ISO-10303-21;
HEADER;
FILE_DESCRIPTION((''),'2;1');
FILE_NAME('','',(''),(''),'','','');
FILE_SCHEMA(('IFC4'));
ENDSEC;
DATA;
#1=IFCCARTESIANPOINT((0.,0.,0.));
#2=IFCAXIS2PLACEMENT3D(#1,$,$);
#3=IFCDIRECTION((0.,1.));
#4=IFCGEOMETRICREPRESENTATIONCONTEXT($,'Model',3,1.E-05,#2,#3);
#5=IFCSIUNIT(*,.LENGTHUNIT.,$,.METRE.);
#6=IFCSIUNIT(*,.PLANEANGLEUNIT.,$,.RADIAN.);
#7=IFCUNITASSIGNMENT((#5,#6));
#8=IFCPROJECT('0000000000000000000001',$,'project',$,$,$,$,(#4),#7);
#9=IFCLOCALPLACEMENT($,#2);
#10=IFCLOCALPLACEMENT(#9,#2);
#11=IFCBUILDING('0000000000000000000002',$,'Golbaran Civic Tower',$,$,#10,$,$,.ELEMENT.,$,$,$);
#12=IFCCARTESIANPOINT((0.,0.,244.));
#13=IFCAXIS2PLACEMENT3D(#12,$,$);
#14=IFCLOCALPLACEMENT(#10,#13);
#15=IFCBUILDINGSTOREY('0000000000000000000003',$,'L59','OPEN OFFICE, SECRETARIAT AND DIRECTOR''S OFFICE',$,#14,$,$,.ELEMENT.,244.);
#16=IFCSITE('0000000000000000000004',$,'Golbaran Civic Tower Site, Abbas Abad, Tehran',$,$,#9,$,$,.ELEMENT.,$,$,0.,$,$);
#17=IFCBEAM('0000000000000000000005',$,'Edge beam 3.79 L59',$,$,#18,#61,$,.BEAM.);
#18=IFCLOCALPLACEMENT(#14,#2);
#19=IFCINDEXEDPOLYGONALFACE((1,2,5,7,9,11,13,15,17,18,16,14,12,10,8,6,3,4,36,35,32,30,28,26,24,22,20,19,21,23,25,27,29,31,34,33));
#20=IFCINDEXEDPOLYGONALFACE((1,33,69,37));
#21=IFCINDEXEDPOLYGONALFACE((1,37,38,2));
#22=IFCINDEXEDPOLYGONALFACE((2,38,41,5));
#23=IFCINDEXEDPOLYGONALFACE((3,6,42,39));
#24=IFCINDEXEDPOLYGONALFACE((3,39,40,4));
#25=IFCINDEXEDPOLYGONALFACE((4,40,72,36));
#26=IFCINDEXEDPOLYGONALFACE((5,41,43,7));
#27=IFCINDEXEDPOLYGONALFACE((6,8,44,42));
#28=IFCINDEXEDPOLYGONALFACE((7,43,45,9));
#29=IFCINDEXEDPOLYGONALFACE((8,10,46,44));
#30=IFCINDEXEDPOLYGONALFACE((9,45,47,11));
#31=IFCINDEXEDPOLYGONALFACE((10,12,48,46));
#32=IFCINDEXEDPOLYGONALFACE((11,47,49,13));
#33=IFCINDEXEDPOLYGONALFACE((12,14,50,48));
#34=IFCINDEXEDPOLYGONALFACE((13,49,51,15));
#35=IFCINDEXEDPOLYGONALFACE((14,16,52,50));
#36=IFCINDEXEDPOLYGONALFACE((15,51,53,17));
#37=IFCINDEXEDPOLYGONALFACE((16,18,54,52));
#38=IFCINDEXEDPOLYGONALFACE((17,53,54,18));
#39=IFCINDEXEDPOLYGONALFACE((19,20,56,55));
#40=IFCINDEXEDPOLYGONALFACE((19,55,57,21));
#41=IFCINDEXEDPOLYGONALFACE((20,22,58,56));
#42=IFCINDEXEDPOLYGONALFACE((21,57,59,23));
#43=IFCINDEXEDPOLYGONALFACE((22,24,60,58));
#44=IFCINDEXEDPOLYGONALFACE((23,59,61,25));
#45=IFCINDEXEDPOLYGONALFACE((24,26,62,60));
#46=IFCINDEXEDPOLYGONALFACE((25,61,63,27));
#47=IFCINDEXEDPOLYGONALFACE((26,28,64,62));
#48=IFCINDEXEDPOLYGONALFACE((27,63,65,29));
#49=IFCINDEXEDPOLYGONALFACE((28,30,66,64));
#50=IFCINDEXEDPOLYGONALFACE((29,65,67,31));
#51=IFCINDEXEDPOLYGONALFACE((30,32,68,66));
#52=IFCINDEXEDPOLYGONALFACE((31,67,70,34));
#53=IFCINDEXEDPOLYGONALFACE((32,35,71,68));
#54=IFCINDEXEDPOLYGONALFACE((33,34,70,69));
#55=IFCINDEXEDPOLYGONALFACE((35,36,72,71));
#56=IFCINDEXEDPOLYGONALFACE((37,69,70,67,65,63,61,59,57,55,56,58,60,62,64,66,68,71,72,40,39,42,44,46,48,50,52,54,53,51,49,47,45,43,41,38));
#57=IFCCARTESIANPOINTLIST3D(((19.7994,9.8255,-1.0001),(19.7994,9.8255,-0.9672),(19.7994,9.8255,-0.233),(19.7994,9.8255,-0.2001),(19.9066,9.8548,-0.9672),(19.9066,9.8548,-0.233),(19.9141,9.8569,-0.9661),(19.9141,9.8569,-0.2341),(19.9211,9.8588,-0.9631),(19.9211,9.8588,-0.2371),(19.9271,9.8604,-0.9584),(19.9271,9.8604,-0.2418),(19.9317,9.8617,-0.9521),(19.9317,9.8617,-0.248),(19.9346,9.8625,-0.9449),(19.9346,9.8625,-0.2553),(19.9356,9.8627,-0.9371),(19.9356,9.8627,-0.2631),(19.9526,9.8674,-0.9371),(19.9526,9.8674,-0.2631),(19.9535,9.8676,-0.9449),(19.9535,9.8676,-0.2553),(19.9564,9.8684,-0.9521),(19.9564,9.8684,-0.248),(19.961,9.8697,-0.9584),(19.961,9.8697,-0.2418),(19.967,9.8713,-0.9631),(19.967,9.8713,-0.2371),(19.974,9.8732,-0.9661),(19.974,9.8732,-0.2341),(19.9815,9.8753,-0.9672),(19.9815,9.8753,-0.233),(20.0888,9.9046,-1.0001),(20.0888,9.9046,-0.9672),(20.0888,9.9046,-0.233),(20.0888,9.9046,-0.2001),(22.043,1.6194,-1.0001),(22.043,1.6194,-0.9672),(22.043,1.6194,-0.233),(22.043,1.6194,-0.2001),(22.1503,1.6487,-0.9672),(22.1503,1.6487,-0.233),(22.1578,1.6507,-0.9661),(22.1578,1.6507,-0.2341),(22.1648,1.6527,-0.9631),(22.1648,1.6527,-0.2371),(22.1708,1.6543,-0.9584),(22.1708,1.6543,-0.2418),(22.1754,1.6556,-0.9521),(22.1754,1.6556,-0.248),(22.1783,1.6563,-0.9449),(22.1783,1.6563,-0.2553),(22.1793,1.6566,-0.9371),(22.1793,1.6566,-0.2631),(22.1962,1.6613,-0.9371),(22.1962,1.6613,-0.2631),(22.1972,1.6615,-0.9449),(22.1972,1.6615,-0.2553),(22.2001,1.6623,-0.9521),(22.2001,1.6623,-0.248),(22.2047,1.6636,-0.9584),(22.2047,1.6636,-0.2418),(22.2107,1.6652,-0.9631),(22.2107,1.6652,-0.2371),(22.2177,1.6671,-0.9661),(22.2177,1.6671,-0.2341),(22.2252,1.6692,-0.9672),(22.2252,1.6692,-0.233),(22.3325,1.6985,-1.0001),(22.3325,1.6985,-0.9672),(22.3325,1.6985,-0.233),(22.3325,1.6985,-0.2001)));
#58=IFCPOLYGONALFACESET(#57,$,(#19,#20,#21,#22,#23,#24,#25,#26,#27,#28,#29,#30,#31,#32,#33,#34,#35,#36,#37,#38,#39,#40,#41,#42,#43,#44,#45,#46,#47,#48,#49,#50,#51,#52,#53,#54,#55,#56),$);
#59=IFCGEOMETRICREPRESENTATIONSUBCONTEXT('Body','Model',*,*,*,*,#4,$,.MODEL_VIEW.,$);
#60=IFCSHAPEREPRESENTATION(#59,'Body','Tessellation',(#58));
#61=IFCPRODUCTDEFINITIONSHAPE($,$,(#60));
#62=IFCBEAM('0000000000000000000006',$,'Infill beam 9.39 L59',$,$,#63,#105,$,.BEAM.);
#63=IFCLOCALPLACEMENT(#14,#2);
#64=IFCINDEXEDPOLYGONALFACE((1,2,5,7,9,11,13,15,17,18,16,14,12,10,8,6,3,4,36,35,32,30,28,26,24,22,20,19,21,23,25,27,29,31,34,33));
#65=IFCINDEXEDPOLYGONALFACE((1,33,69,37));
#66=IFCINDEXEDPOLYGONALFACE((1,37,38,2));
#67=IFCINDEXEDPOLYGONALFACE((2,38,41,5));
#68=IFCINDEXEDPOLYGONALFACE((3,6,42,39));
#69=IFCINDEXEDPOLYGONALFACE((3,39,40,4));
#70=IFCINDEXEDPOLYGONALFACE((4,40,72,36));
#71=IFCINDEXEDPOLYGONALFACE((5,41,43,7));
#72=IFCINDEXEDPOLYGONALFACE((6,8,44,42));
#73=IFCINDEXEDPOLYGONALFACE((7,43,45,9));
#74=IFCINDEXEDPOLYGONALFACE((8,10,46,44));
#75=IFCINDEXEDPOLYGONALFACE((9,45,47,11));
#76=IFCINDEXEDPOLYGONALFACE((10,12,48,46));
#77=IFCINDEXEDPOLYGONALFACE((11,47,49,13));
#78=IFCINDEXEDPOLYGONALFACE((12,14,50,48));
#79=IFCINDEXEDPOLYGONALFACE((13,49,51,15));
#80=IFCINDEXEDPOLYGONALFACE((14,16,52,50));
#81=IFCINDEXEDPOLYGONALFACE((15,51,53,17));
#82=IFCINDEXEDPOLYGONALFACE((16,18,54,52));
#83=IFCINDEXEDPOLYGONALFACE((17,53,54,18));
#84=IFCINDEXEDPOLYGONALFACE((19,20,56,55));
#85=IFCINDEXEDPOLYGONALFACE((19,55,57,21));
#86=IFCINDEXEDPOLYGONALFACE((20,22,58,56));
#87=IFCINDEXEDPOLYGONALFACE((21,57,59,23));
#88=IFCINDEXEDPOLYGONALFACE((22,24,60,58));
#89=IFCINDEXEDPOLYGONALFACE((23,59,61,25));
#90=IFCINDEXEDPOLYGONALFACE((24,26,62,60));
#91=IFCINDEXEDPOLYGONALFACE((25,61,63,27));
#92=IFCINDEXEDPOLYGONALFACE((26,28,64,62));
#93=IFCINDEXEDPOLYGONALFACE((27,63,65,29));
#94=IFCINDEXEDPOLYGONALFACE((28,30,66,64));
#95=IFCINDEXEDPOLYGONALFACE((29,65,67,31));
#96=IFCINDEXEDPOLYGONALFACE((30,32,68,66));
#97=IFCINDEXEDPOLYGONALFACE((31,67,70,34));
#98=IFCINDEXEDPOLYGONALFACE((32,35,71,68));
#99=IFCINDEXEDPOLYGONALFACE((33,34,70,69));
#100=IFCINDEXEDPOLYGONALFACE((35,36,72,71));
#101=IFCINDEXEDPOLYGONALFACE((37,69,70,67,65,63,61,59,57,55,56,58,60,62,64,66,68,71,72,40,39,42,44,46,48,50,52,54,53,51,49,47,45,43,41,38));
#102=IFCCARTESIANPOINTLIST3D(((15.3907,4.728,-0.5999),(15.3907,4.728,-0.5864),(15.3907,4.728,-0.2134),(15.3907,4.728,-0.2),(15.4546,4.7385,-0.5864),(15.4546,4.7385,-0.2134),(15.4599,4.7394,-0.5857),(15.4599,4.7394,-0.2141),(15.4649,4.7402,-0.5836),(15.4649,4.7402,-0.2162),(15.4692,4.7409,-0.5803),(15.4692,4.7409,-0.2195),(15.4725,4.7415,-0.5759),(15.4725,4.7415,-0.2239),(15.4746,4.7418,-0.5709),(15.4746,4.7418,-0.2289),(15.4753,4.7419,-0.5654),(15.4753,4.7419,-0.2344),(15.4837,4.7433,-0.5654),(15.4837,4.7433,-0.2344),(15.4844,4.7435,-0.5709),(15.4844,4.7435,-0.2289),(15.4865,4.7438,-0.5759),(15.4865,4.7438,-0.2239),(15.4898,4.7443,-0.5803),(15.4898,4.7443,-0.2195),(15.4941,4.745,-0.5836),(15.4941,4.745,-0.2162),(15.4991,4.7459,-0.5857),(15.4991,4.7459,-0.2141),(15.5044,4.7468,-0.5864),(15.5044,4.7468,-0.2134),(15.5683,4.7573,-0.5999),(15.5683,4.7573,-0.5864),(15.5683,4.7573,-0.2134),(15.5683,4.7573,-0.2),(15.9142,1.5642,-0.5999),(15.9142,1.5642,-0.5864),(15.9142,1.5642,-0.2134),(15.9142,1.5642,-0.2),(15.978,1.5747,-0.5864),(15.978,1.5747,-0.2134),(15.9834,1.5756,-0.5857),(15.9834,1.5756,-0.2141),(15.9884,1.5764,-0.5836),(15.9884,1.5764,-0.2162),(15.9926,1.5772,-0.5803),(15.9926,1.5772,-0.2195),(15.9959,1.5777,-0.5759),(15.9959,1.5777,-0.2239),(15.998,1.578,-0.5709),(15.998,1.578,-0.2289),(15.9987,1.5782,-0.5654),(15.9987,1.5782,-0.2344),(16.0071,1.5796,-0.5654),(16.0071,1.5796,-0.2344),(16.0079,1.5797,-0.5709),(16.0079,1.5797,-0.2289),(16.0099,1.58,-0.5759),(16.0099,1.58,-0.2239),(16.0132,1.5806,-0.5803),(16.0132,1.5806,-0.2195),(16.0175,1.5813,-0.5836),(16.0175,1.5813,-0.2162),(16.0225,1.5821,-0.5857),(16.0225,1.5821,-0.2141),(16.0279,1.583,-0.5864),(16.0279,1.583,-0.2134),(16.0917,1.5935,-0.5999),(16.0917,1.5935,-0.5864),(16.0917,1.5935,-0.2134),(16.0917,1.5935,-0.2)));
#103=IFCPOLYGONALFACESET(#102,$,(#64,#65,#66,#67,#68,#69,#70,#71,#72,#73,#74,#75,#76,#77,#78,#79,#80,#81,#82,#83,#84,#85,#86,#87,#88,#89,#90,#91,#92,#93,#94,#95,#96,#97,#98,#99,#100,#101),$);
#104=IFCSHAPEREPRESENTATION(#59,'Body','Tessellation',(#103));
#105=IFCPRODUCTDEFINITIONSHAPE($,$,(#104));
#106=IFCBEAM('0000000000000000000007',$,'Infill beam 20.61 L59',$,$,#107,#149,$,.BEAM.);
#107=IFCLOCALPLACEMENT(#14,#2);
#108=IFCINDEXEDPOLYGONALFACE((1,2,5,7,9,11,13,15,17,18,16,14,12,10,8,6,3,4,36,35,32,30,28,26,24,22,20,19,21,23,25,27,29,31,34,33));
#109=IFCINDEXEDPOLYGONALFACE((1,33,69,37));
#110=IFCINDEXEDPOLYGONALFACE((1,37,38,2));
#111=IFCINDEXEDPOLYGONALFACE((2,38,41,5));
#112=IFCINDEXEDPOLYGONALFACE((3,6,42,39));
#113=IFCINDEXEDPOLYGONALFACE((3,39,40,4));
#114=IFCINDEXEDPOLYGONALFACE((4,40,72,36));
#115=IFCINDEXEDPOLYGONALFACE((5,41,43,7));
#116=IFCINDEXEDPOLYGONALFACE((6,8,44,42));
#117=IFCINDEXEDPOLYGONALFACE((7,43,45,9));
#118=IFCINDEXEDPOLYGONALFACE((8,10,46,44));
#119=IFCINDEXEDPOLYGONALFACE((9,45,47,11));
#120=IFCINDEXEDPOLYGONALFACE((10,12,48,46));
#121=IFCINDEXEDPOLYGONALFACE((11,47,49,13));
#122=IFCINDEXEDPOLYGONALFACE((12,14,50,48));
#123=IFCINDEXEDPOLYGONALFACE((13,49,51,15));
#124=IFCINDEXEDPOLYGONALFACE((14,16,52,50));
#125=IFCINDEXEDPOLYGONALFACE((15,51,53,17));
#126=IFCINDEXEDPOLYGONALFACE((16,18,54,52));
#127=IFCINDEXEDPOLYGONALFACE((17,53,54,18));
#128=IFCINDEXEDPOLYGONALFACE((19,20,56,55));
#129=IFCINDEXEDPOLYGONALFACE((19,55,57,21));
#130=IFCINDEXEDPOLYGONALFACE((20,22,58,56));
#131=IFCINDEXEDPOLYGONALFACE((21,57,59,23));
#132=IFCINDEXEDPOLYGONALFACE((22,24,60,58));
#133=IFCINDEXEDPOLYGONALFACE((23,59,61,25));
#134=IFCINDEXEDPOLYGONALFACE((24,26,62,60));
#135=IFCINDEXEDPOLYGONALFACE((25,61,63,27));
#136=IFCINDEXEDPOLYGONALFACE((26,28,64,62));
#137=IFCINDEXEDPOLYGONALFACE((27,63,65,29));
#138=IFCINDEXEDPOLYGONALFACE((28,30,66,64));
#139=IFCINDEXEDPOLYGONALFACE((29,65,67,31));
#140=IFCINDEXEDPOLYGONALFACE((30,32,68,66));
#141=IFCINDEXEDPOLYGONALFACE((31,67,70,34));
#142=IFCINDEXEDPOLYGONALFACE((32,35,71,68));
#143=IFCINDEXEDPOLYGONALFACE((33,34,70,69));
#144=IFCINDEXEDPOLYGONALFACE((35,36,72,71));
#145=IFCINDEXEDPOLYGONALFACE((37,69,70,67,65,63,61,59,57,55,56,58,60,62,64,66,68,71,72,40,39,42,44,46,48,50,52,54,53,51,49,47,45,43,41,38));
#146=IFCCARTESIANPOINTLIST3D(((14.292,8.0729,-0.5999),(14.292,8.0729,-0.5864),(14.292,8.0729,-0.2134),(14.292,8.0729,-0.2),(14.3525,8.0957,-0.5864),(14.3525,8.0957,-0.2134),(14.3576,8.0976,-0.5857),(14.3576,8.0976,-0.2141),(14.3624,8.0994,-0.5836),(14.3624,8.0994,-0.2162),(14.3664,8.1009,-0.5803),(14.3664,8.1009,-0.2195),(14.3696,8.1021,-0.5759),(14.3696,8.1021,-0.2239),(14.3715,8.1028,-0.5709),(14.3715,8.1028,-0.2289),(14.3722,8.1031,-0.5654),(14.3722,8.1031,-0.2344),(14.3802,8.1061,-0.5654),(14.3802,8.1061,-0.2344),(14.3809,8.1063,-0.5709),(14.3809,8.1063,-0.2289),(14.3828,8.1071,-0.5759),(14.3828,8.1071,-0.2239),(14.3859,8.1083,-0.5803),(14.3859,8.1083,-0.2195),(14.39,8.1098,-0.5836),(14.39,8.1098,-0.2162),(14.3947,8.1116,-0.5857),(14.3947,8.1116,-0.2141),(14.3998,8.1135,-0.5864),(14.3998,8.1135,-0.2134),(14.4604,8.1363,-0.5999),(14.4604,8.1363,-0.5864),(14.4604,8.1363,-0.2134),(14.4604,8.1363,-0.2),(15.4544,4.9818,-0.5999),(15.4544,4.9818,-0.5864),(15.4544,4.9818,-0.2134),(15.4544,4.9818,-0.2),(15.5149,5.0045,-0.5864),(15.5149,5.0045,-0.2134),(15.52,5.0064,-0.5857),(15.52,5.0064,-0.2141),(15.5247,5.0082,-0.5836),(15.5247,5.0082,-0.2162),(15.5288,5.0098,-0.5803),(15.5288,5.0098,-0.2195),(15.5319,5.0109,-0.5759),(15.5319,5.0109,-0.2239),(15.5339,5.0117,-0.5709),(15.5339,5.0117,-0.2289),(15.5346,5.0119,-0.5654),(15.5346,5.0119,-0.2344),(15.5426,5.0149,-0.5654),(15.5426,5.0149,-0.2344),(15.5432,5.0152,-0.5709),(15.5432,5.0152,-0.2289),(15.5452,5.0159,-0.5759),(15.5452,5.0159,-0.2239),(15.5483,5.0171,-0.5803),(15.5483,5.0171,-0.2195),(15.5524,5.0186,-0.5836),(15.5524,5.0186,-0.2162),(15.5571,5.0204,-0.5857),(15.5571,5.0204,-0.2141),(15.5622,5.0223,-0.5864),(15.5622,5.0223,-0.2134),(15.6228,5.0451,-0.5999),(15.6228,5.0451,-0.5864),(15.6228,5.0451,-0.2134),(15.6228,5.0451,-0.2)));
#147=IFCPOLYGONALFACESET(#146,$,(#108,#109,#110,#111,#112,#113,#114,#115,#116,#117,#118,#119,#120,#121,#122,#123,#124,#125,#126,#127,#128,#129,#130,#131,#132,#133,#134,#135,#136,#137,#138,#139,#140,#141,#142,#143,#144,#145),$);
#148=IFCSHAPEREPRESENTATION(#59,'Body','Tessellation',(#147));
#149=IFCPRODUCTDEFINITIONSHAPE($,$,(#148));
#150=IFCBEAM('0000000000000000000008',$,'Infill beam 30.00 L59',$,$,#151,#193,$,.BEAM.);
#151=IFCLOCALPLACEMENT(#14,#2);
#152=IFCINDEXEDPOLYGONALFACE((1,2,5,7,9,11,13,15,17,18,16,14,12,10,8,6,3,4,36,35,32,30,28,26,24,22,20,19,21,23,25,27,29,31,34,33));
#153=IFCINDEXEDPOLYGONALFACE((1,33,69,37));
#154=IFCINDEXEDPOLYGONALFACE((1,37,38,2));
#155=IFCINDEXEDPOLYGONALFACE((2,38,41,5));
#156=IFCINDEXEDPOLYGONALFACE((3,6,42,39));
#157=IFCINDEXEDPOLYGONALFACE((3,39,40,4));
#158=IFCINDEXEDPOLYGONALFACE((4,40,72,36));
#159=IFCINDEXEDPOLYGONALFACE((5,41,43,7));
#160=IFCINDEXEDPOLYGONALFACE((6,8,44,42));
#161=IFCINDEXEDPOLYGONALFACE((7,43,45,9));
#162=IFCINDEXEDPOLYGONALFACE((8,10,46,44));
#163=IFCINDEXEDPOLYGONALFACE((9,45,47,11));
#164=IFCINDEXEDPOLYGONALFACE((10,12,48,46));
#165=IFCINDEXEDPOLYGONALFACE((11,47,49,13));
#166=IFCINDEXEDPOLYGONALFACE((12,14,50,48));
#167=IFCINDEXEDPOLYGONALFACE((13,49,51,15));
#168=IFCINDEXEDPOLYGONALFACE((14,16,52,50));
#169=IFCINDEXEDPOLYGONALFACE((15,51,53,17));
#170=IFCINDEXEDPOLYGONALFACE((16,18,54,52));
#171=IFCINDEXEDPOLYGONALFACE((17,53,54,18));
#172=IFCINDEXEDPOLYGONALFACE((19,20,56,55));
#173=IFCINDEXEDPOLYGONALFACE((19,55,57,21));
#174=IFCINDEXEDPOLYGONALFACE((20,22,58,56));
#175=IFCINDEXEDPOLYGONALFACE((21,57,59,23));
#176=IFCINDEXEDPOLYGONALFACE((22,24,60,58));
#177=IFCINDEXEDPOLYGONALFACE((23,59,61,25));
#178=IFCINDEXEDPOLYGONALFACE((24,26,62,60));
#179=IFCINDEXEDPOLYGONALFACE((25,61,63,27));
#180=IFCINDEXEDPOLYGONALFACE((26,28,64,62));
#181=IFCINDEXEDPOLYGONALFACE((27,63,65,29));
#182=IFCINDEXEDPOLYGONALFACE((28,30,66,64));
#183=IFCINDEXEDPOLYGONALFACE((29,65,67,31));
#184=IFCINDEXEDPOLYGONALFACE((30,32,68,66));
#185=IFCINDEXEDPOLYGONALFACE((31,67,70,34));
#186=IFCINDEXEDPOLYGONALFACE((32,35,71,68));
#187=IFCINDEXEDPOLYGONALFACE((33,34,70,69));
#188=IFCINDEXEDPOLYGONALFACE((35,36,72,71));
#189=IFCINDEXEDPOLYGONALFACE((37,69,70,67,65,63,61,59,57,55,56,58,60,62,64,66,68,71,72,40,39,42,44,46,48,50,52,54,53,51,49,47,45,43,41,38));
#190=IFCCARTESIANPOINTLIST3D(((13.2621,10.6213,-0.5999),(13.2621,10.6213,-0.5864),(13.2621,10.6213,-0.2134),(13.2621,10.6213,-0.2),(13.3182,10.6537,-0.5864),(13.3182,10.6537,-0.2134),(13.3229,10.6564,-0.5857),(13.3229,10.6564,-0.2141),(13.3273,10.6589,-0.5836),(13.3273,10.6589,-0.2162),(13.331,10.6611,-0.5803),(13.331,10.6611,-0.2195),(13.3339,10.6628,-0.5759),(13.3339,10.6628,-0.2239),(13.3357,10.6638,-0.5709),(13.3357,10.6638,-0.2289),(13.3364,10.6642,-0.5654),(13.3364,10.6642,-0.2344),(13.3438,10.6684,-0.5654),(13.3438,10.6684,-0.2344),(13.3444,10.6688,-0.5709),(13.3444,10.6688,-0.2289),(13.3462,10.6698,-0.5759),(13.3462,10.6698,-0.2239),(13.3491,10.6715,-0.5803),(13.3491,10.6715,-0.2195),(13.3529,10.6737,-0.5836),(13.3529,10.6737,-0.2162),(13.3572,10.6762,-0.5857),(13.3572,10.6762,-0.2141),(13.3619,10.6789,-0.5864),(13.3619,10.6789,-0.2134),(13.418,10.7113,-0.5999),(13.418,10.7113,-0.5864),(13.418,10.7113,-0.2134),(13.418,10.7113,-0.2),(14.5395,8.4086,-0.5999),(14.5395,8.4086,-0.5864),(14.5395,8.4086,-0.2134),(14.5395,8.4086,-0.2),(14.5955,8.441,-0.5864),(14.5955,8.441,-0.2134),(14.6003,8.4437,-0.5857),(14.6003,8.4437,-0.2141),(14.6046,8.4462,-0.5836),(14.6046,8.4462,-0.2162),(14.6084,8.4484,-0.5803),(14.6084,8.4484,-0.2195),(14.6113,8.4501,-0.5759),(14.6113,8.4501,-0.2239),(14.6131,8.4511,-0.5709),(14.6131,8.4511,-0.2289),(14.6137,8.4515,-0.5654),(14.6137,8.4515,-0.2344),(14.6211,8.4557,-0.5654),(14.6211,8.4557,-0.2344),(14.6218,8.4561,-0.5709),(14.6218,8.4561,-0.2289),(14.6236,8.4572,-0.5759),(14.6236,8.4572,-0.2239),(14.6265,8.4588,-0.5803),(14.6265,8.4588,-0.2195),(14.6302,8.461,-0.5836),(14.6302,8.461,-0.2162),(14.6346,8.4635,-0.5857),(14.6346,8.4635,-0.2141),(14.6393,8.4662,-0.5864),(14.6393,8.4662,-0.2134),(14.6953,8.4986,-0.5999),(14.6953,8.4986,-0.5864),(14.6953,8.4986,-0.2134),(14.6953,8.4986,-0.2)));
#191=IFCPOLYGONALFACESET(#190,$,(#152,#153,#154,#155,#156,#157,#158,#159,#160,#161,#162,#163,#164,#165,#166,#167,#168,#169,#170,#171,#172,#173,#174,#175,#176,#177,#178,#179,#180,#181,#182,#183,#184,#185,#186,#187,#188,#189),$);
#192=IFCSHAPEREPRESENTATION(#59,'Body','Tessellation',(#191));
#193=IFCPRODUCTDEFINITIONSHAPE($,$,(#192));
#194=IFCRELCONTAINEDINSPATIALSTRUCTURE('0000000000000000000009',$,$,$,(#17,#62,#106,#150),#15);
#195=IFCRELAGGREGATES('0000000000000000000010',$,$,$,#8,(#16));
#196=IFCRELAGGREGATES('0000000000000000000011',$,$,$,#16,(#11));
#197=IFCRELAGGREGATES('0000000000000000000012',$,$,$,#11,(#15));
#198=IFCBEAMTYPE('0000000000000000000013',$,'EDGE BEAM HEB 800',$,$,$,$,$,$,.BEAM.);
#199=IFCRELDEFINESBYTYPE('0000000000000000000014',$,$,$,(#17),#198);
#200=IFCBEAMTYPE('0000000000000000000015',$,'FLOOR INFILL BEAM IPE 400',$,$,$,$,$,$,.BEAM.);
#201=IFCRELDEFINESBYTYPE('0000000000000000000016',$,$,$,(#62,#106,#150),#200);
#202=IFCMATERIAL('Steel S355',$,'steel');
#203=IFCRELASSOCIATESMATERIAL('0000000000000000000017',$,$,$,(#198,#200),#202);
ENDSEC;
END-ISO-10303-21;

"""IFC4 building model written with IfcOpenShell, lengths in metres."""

from ifc_helpers import new_model, si_unit, direction, frame, origin, origin_2d, place, context, subcontext, project, spatial, i_section, extrude, material, material_profile, profile_set, type_object, element, save


model = new_model("IFC4")

# Units and contexts
model_context = context("Model", 3, precision=1e-05, world=origin(), true_north=direction((0.0, 1.0)))
body_context = subcontext(model_context, "Body", "Model", "MODEL_VIEW")
ifc_project = project(units=[si_unit("LENGTHUNIT", "METRE"), si_unit("PLANEANGLEUNIT", "RADIAN")], contexts=[model_context])

# Site, building, storey
site_placement = place(None, origin())
site = spatial("IfcSite", under=ifc_project, at=site_placement, Name="Golbaran Civic Tower Site, Abbas Abad, Tehran", CompositionType="ELEMENT", RefElevation=0.0)
building_placement = place(site_placement, origin())
building = spatial("IfcBuilding", under=site, at=building_placement, Name="Golbaran Civic Tower", CompositionType="ELEMENT")
storey_placement = place(building_placement, frame((0.0, 0.0, 244.0)))
storey = spatial("IfcBuildingStorey", under=building, at=storey_placement, Name="L59", Description="OPEN OFFICE, SECRETARIAT AND DIRECTOR'S OFFICE", CompositionType="ELEMENT", Elevation=244.0)

# Beams
ifc_material_1 = material(Name="Steel S355", Category="steel")
ifc_material_profile_1 = material_profile(ifc_material_1, i_section(OverallWidth=0.3, OverallDepth=0.8, WebThickness=0.0176, FlangeThickness=0.033, FilletRadius=0.03, at=origin_2d()), Name="HEB 800")
ifc_profile_set_1 = profile_set([ifc_material_profile_1], Name="Steel S355")
beam_type_1 = type_object("IfcBeamType", Name="EDGE BEAM HEB 800", PredefinedType="BEAM", material=ifc_profile_set_1)
beam_1_placement = place(storey_placement, frame((22.1877, 1.6589, -0.6001), z_axis=(-0.263734, 0.964595, 0.0), x_axis=(-0.964595, -0.263734, 0.0)))
element("IfcBeam", 1, at=beam_1_placement, inside=storey, type_object=beam_type_1, Name="Edge beam 3.79 L59", PredefinedType="BEAM", context=body_context, shape_type="SweptSolid", body=[
    extrude(i_section(OverallWidth=0.3, OverallDepth=0.8, WebThickness=0.0176, FlangeThickness=0.033, FilletRadius=0.03, at=origin_2d()), origin(), (0.0, 0.0, 1.0), 8.5073),
])
ifc_material_profile_2 = material_profile(ifc_material_1, i_section(OverallWidth=0.1799, OverallDepth=0.3999, WebThickness=0.0085, FlangeThickness=0.0134, FilletRadius=0.021, at=origin_2d()), Name="IPE 400")
ifc_profile_set_2 = profile_set([ifc_material_profile_2], Name="Steel S355")
beam_type_2 = type_object("IfcBeamType", Name="FLOOR INFILL BEAM IPE 400", PredefinedType="BEAM", material=ifc_profile_set_2)
beam_2_placement = place(storey_placement, frame((16.0029, 1.5789, -0.3999), z_axis=(-0.163226, 0.986589, 0.0), x_axis=(-0.986589, -0.163226, 0.0)))
element("IfcBeam", 2, at=beam_2_placement, inside=storey, type_object=beam_type_2, Name="Infill beam 9.39 L59", PredefinedType="BEAM", context=body_context, shape_type="SweptSolid", body=[
    extrude(i_section(OverallWidth=0.1799, OverallDepth=0.3999, WebThickness=0.0085, FlangeThickness=0.0134, FilletRadius=0.021, at=origin_2d()), origin(), (0.0, 0.0, 1.0), 3.2068),
])
beam_3_placement = place(storey_placement, frame((15.5386, 5.0134, -0.3999), z_axis=(-0.351974, 0.93601, 0.0), x_axis=(-0.93601, -0.351974, 0.0)))
element("IfcBeam", 3, at=beam_3_placement, inside=storey, type_object=beam_type_2, Name="Infill beam 20.61 L59", PredefinedType="BEAM", context=body_context, shape_type="SweptSolid", body=[
    extrude(i_section(OverallWidth=0.1799, OverallDepth=0.3999, WebThickness=0.0085, FlangeThickness=0.0134, FilletRadius=0.021, at=origin_2d()), origin(), (0.0, 0.0, 1.0), 3.3025),
])
beam_4_placement = place(storey_placement, frame((14.6174, 8.4536, -0.3999), z_axis=(-0.499962, 0.866047, 0.0), x_axis=(-0.866047, -0.499962, 0.0)))
element("IfcBeam", 4, at=beam_4_placement, inside=storey, type_object=beam_type_2, Name="Infill beam 30.00 L59", PredefinedType="BEAM", context=body_context, shape_type="SweptSolid", body=[
    extrude(i_section(OverallWidth=0.1799, OverallDepth=0.3999, WebThickness=0.0085, FlangeThickness=0.0134, FilletRadius=0.021, at=origin_2d()), origin(), (0.0, 0.0, 1.0), 2.5549),
])

save(model, "model.ifc")
